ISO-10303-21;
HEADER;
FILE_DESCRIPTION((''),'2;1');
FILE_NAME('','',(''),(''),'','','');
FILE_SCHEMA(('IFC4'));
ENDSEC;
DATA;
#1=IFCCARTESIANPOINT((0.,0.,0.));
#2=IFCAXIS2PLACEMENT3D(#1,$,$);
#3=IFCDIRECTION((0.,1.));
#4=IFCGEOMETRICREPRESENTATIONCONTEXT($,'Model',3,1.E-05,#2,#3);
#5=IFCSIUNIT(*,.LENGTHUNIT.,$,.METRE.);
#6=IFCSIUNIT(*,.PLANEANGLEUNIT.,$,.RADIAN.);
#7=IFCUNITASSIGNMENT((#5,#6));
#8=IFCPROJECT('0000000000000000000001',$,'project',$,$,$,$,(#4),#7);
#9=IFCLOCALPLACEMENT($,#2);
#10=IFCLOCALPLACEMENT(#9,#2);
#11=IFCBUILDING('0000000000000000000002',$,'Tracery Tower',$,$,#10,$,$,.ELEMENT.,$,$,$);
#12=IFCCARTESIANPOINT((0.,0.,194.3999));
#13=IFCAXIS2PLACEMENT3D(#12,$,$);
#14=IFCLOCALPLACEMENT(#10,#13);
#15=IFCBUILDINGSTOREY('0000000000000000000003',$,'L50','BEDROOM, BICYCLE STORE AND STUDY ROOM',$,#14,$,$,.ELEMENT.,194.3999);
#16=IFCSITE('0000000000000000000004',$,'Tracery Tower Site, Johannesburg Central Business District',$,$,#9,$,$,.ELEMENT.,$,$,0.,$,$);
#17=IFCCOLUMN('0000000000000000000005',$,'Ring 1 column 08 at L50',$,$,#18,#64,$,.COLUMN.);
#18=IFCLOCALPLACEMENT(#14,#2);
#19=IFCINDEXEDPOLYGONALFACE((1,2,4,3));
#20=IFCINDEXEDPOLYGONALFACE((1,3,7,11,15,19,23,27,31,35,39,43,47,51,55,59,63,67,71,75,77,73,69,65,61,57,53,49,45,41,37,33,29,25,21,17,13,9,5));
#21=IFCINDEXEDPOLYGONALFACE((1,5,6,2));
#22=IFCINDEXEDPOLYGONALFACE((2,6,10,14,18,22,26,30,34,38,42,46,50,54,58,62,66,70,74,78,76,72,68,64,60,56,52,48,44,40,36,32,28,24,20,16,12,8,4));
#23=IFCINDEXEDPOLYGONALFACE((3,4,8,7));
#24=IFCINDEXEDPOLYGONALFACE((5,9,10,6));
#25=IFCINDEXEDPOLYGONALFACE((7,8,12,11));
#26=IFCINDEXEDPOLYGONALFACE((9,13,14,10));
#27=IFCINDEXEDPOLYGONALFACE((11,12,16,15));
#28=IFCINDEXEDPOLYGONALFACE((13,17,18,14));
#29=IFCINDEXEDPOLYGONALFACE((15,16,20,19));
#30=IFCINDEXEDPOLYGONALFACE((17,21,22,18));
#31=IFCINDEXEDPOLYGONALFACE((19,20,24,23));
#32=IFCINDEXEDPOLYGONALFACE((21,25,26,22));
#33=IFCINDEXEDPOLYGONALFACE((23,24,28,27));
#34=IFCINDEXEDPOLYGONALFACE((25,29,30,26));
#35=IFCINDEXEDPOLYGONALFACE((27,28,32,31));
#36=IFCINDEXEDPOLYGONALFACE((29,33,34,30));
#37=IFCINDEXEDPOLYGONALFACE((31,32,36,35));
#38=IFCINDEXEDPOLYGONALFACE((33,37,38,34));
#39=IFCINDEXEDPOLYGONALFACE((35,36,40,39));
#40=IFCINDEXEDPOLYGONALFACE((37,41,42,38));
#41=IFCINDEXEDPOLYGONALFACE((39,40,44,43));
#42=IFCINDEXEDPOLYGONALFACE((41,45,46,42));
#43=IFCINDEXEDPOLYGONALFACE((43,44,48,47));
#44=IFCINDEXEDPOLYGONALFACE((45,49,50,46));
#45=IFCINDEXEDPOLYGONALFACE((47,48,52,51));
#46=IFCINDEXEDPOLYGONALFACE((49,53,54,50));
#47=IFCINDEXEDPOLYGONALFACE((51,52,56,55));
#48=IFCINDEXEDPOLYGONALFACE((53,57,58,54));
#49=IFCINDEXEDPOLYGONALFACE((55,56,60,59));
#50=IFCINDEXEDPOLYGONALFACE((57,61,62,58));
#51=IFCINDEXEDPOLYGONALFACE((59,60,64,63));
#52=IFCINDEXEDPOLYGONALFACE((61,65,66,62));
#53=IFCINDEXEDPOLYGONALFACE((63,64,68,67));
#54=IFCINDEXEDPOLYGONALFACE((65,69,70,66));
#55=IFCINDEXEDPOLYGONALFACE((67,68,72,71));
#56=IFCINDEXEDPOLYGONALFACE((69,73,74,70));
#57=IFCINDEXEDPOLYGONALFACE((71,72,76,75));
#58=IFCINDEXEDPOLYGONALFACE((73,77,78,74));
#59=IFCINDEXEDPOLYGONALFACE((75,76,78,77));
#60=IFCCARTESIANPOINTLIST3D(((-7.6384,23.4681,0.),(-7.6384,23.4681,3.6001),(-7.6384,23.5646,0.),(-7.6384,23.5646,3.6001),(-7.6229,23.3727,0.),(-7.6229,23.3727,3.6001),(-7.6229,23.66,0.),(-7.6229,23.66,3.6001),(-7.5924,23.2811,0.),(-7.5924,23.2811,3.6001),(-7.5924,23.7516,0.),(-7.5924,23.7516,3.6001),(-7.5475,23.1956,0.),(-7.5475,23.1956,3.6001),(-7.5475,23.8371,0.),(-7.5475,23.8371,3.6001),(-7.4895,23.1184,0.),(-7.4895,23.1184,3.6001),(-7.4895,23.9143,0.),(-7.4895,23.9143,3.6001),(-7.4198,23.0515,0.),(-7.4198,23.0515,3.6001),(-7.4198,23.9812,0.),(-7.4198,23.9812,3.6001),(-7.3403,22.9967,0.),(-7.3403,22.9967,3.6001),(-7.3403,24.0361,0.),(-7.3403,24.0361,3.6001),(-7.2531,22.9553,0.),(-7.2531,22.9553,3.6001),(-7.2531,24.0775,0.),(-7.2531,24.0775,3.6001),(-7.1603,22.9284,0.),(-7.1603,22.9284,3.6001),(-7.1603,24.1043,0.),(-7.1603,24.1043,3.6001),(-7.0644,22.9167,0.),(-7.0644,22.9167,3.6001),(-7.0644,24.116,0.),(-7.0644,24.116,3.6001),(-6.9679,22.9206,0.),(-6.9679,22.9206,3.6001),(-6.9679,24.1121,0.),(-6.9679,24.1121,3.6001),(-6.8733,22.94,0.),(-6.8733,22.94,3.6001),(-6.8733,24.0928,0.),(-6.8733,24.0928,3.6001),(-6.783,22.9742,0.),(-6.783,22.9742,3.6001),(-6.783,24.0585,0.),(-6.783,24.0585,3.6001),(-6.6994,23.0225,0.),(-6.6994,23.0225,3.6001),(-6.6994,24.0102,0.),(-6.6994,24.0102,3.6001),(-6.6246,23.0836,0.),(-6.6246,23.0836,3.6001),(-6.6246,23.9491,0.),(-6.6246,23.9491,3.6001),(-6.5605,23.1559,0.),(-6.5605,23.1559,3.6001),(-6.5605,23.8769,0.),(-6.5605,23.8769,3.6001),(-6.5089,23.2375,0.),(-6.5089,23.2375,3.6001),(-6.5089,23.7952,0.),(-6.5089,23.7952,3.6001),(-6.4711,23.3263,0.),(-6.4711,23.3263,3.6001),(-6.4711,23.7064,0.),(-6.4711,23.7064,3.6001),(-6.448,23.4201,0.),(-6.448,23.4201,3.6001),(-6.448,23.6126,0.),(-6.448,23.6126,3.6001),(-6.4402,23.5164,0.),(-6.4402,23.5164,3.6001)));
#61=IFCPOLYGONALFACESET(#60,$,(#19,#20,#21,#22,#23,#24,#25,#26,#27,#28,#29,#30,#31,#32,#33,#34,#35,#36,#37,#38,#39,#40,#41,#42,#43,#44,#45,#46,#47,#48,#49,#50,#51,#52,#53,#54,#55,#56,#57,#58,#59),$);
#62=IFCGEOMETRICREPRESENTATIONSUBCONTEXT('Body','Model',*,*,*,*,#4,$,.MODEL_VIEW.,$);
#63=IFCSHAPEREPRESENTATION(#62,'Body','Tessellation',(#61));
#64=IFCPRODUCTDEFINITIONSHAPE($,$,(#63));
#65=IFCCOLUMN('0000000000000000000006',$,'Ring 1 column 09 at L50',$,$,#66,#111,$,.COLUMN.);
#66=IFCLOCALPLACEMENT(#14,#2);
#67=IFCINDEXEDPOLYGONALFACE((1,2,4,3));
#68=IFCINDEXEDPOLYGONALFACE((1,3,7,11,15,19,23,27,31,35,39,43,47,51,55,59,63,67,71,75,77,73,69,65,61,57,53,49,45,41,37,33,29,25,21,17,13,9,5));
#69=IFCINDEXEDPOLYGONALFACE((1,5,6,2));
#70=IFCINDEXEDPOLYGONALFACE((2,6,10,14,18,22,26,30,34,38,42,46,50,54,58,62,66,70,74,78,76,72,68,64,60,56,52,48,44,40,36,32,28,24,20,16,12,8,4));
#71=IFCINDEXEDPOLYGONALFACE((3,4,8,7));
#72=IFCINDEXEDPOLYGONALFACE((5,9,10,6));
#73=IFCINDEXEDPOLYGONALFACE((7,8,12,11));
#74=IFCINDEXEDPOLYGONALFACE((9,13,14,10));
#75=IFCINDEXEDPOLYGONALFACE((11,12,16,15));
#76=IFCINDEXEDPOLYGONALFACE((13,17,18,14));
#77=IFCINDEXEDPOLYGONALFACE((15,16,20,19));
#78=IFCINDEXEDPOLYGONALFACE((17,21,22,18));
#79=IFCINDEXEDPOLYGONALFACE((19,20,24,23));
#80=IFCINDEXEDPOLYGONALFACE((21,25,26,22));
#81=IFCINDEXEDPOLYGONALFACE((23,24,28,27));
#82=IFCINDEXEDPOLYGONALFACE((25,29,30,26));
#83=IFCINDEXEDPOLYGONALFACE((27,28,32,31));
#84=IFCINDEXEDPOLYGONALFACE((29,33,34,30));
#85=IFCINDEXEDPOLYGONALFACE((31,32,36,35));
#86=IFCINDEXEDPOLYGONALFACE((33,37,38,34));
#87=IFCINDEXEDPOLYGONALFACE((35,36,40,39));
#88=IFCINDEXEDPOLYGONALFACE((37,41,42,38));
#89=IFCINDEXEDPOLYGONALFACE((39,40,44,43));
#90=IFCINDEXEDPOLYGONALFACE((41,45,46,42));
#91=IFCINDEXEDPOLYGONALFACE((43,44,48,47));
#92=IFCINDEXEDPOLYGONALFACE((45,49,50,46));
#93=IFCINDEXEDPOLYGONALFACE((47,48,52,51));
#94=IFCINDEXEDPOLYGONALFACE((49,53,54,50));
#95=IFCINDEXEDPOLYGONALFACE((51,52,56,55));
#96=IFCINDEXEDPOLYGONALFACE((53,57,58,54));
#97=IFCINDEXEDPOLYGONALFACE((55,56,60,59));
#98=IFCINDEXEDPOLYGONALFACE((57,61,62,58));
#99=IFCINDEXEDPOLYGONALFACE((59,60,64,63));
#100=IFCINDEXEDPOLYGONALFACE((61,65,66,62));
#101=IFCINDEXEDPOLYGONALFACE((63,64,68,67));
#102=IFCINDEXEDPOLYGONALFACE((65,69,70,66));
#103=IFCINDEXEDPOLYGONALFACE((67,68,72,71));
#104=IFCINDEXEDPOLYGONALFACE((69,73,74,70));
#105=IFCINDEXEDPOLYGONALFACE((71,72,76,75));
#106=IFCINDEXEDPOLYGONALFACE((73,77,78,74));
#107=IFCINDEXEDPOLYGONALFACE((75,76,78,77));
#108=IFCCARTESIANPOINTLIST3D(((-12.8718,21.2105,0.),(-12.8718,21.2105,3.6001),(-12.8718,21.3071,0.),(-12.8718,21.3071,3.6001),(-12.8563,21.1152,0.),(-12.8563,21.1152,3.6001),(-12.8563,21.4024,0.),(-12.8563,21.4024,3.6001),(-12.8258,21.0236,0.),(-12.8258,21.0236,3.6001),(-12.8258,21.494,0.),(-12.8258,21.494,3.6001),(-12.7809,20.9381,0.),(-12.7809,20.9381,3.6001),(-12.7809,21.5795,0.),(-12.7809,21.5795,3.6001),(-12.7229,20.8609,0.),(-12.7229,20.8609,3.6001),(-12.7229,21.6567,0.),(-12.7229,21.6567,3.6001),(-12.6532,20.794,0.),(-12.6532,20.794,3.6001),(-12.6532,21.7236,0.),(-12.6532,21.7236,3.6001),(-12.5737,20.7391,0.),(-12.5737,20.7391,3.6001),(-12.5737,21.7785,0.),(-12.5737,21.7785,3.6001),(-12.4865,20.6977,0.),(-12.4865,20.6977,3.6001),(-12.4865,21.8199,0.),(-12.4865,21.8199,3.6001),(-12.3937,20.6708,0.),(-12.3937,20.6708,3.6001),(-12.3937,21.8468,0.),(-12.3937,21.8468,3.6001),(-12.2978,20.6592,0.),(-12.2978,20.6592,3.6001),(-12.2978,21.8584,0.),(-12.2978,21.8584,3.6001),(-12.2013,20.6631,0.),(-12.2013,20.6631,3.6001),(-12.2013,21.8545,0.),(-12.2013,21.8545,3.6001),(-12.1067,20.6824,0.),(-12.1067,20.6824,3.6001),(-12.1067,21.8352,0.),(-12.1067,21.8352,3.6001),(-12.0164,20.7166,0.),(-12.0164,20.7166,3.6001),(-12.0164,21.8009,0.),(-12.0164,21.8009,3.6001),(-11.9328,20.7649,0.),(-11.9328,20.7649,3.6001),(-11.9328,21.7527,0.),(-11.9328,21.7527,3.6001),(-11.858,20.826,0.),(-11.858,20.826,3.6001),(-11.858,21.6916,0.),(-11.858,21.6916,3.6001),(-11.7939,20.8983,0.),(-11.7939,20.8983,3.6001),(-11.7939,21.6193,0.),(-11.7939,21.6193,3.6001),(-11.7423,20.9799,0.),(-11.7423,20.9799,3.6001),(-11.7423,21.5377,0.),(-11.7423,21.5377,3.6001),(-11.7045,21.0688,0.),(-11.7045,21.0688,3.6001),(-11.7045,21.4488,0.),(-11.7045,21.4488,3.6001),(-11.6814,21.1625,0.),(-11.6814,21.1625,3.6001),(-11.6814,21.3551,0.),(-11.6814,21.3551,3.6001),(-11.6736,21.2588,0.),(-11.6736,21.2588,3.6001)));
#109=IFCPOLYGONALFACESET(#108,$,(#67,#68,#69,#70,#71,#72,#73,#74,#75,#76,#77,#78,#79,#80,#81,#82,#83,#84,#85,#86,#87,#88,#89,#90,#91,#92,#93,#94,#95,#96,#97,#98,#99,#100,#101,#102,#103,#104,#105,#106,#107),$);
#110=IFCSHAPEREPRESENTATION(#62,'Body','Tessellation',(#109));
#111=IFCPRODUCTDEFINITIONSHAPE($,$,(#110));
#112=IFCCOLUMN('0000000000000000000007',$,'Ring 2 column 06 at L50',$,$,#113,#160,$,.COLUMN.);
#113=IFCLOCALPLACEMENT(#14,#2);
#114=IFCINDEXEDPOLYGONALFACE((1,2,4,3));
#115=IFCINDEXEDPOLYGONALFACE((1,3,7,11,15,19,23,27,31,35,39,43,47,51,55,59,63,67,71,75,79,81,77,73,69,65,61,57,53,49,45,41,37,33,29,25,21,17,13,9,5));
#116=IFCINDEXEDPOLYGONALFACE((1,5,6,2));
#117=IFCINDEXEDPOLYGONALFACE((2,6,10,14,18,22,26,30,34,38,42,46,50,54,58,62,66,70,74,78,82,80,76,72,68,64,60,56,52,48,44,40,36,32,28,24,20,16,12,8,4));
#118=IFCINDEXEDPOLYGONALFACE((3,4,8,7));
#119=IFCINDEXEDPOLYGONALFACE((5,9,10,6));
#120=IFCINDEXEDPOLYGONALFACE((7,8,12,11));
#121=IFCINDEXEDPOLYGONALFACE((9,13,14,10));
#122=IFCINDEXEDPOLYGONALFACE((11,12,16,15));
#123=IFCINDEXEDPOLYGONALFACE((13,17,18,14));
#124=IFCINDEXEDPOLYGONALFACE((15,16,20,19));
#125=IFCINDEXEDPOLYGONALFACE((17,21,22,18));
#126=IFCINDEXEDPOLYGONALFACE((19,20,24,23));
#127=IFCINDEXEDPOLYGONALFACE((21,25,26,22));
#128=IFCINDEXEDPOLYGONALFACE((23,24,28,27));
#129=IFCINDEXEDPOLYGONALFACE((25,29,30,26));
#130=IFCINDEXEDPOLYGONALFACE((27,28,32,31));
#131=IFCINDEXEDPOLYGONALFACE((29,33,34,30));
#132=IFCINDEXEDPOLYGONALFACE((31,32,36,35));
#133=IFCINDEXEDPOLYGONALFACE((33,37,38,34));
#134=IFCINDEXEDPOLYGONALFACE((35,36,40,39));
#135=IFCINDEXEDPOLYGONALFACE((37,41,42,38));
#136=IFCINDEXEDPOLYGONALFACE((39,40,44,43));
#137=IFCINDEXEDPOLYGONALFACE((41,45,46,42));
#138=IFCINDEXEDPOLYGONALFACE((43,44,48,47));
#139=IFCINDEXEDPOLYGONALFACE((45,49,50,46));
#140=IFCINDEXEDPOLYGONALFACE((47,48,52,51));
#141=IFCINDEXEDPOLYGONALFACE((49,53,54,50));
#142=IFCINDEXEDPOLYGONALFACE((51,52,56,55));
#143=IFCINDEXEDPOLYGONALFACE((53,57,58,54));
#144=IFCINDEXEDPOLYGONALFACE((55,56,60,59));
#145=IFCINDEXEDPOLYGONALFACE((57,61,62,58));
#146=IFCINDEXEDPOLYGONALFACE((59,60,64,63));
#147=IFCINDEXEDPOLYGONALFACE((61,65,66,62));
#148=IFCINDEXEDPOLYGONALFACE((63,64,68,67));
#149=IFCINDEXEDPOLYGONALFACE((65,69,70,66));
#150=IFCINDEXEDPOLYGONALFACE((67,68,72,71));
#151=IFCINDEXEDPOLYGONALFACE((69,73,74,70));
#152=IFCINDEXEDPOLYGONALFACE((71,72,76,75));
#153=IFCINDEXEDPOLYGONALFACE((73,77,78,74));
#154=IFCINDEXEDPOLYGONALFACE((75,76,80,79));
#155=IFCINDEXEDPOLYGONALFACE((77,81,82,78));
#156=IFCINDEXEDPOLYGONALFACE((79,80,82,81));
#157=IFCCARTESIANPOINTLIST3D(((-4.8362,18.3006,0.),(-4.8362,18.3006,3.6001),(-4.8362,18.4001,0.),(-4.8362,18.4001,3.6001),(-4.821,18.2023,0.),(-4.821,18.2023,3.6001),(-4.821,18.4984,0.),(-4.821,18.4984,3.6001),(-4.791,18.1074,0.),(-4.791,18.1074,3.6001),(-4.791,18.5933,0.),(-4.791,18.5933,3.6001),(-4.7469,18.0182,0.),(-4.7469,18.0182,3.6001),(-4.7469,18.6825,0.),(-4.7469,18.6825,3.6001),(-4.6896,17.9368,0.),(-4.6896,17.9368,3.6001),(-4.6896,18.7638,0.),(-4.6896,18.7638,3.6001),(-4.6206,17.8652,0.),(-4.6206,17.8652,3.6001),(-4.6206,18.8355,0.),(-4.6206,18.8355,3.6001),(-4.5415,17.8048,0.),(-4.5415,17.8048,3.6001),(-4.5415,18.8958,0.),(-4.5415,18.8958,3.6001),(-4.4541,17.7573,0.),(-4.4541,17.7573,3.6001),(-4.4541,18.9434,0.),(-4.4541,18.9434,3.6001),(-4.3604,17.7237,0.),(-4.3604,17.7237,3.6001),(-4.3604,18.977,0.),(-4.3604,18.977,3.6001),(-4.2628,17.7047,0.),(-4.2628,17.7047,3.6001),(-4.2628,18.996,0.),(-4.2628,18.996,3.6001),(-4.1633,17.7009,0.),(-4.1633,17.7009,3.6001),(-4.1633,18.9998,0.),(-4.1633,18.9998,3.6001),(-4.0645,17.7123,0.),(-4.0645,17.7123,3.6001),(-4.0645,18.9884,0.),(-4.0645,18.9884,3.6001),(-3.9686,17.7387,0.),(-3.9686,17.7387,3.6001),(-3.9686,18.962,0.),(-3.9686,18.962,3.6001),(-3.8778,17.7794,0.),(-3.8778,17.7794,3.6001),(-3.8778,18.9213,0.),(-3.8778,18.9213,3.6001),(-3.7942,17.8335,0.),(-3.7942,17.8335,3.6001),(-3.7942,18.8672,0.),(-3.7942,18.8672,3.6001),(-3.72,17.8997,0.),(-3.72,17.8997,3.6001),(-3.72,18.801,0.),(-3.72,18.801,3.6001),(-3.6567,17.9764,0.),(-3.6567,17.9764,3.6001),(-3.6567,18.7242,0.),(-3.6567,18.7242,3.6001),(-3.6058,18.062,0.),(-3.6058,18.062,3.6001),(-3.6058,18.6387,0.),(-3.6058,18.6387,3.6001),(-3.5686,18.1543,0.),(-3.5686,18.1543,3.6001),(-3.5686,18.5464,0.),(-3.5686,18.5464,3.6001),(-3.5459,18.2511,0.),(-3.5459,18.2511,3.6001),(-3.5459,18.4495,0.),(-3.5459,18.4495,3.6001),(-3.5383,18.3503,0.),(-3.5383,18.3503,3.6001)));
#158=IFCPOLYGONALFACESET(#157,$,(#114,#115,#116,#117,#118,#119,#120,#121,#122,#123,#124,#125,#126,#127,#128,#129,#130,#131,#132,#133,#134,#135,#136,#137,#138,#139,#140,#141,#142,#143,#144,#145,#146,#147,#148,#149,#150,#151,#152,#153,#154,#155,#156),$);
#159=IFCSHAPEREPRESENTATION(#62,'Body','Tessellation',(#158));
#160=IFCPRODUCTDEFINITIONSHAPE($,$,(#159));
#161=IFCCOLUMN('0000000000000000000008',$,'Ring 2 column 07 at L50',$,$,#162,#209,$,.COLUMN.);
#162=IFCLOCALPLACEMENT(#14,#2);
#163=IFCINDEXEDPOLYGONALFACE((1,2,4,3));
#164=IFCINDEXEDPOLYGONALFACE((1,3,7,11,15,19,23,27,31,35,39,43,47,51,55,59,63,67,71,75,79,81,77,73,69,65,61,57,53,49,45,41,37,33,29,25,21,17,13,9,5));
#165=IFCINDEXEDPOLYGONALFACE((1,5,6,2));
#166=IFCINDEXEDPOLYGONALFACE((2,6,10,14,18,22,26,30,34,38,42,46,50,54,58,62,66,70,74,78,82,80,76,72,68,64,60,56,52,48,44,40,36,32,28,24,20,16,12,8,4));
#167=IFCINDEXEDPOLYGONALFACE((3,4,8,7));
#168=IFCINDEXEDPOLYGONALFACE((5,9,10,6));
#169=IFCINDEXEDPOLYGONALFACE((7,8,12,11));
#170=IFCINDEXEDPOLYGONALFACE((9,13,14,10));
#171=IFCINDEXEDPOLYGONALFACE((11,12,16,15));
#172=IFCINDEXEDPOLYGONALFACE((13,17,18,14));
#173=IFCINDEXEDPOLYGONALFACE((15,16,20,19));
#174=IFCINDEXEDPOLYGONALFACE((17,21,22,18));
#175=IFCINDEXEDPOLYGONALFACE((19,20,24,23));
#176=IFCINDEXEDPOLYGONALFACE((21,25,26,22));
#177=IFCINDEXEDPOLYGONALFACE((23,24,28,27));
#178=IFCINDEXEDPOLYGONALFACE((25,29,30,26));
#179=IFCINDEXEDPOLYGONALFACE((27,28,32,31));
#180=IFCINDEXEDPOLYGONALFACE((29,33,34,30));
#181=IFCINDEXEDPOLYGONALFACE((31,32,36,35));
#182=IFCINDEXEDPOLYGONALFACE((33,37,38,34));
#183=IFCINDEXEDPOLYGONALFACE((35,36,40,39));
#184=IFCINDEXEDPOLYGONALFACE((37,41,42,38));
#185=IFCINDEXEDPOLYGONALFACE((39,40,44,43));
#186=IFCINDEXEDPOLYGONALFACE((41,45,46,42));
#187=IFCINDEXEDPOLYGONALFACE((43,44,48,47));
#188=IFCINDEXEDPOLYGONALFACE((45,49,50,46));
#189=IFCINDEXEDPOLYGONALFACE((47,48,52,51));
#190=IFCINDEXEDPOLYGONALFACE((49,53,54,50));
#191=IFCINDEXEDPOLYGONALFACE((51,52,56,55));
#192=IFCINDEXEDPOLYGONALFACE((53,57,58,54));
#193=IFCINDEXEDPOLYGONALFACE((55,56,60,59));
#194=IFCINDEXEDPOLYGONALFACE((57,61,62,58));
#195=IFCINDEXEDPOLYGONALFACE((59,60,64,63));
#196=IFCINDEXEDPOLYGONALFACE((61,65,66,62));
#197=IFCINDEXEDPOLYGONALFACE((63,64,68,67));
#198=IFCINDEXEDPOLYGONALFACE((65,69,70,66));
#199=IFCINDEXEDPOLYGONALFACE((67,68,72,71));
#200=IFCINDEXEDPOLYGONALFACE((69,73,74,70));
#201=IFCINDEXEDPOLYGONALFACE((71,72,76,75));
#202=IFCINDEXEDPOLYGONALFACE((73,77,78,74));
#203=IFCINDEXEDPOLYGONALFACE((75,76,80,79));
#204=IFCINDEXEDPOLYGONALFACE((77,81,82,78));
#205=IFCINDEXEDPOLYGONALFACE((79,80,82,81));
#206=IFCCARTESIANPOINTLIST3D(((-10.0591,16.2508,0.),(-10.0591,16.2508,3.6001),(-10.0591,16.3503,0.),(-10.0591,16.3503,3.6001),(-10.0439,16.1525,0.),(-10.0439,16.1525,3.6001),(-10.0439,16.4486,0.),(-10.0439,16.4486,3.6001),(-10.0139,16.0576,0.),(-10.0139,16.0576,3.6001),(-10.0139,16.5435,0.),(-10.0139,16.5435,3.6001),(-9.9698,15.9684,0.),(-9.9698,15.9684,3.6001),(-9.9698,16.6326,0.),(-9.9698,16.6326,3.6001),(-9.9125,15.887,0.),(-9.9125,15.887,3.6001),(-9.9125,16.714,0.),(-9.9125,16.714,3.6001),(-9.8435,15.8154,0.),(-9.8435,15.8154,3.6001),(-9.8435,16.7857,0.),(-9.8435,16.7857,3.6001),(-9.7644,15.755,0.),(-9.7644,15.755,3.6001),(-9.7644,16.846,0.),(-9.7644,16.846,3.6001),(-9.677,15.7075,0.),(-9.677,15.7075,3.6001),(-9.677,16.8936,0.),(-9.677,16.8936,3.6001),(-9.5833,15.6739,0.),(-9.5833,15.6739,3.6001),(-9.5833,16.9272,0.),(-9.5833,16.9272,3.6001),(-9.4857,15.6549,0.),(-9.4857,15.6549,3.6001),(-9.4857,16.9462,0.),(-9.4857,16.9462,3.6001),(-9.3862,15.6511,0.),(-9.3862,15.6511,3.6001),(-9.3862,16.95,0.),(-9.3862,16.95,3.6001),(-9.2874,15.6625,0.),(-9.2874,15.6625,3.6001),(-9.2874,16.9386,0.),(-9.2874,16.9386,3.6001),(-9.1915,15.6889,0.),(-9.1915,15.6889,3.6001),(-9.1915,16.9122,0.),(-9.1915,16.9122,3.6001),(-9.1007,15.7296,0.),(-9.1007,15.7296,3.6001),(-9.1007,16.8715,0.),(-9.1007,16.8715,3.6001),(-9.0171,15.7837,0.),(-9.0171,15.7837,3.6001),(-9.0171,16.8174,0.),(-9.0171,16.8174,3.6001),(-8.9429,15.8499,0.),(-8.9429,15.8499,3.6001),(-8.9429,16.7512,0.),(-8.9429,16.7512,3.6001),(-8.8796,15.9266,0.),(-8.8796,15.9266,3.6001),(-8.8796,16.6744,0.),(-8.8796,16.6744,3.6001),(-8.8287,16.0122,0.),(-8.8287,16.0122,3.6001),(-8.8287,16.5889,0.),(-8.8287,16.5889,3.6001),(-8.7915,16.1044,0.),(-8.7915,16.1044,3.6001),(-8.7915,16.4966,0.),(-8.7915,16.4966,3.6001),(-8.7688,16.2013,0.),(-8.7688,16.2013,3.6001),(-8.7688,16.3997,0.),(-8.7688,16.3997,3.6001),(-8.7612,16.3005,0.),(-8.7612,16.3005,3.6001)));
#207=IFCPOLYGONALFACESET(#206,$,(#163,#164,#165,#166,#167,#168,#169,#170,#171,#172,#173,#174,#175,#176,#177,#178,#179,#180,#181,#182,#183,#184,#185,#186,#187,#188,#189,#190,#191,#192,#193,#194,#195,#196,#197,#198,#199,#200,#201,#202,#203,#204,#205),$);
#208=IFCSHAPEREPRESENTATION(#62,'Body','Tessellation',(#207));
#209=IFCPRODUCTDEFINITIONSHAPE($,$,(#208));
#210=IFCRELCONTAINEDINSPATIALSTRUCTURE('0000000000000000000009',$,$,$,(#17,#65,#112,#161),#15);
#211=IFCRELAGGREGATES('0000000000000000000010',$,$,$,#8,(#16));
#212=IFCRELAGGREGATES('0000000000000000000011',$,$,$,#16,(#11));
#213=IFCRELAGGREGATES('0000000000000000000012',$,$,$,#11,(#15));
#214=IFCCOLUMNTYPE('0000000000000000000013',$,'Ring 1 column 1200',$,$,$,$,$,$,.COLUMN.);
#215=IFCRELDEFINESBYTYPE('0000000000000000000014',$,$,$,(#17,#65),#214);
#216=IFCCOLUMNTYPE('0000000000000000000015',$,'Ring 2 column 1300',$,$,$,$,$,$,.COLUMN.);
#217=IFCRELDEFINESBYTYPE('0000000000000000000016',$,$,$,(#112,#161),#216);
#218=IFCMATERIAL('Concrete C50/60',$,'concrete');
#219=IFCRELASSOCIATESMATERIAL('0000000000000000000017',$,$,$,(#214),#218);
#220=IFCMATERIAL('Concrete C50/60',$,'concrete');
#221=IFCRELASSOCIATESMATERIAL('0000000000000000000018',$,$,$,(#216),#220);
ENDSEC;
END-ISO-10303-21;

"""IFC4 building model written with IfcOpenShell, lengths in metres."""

from ifc_helpers import new_model, si_unit, direction, frame, origin, origin_2d, place, context, subcontext, project, spatial, circle, extrude, material, material_profile, profile_set, type_object, element, save


model = new_model("IFC4")

# Units and contexts
model_context = context("Model", 3, precision=1e-05, world=origin(), true_north=direction((0.0, 1.0)))
body_context = subcontext(model_context, "Body", "Model", "MODEL_VIEW")
ifc_project = project(units=[si_unit("LENGTHUNIT", "METRE"), si_unit("PLANEANGLEUNIT", "RADIAN")], contexts=[model_context])

# Site, building, storey
site_placement = place(None, origin())
site = spatial("IfcSite", under=ifc_project, at=site_placement, Name="Tracery Tower Site, Johannesburg Central Business District", CompositionType="ELEMENT", RefElevation=0.0)
building_placement = place(site_placement, origin())
building = spatial("IfcBuilding", under=site, at=building_placement, Name="Tracery Tower", CompositionType="ELEMENT")
storey_placement = place(building_placement, frame((0.0, 0.0, 194.3999)))
storey = spatial("IfcBuildingStorey", under=building, at=storey_placement, Name="L50", Description="BEDROOM, BICYCLE STORE AND STUDY ROOM", CompositionType="ELEMENT", Elevation=194.3999)

# Columns
ifc_material_1 = material(Name="Concrete C50/60", Category="concrete")
ifc_material_profile_1 = material_profile(ifc_material_1, circle(Radius=0.6001, at=origin_2d()), Name="RC D1200")
ifc_profile_set_1 = profile_set([ifc_material_profile_1], Name="Concrete C50/60")
column_type_1 = type_object("IfcColumnType", Name="Ring 1 column 1200", PredefinedType="COLUMN", material=ifc_profile_set_1)
for number, where, z_axis, x_axis, name in (
    (1, (-7.0403, 23.5164, 0.0), (0.0, 0.0, 1.0), (1.0, 0.0, 0.0), "Ring 1 column 08 at L50"),
    (2, (-12.2737, 21.2588, 0.0), (0.0, 0.0, 1.0), (1.0, 0.0, 0.0), "Ring 1 column 09 at L50"),
):
    element("IfcColumn", number, at=place(storey_placement, frame(where, z_axis=z_axis, x_axis=x_axis)), inside=storey, type_object=column_type_1, Name=name, PredefinedType="COLUMN", context=body_context, shape_type="SweptSolid", body=[
        extrude(circle(Radius=0.6001, at=origin_2d()), origin(), (0.0, 0.0, 1.0), 3.6001),
    ])
ifc_material_2 = material(Name="Concrete C50/60", Category="concrete")
ifc_material_profile_2 = material_profile(ifc_material_2, circle(Radius=0.6499, at=origin_2d()), Name="RC D1300")
ifc_profile_set_2 = profile_set([ifc_material_profile_2], Name="Concrete C50/60")
column_type_2 = type_object("IfcColumnType", Name="Ring 2 column 1300", PredefinedType="COLUMN", material=ifc_profile_set_2)
for number, where, z_axis, x_axis, name in (
    (3, (-4.1882, 18.3503, 0.0), (0.0, 0.0, 1.0), (1.0, 0.0, 0.0), "Ring 2 column 06 at L50"),
    (4, (-9.4111, 16.3005, 0.0), (0.0, 0.0, 1.0), (1.0, 0.0, 0.0), "Ring 2 column 07 at L50"),
):
    element("IfcColumn", number, at=place(storey_placement, frame(where, z_axis=z_axis, x_axis=x_axis)), inside=storey, type_object=column_type_2, Name=name, PredefinedType="COLUMN", context=body_context, shape_type="SweptSolid", body=[
        extrude(circle(Radius=0.6499, at=origin_2d()), origin(), (0.0, 0.0, 1.0), 3.6001),
    ])

save(model, "model.ifc")
